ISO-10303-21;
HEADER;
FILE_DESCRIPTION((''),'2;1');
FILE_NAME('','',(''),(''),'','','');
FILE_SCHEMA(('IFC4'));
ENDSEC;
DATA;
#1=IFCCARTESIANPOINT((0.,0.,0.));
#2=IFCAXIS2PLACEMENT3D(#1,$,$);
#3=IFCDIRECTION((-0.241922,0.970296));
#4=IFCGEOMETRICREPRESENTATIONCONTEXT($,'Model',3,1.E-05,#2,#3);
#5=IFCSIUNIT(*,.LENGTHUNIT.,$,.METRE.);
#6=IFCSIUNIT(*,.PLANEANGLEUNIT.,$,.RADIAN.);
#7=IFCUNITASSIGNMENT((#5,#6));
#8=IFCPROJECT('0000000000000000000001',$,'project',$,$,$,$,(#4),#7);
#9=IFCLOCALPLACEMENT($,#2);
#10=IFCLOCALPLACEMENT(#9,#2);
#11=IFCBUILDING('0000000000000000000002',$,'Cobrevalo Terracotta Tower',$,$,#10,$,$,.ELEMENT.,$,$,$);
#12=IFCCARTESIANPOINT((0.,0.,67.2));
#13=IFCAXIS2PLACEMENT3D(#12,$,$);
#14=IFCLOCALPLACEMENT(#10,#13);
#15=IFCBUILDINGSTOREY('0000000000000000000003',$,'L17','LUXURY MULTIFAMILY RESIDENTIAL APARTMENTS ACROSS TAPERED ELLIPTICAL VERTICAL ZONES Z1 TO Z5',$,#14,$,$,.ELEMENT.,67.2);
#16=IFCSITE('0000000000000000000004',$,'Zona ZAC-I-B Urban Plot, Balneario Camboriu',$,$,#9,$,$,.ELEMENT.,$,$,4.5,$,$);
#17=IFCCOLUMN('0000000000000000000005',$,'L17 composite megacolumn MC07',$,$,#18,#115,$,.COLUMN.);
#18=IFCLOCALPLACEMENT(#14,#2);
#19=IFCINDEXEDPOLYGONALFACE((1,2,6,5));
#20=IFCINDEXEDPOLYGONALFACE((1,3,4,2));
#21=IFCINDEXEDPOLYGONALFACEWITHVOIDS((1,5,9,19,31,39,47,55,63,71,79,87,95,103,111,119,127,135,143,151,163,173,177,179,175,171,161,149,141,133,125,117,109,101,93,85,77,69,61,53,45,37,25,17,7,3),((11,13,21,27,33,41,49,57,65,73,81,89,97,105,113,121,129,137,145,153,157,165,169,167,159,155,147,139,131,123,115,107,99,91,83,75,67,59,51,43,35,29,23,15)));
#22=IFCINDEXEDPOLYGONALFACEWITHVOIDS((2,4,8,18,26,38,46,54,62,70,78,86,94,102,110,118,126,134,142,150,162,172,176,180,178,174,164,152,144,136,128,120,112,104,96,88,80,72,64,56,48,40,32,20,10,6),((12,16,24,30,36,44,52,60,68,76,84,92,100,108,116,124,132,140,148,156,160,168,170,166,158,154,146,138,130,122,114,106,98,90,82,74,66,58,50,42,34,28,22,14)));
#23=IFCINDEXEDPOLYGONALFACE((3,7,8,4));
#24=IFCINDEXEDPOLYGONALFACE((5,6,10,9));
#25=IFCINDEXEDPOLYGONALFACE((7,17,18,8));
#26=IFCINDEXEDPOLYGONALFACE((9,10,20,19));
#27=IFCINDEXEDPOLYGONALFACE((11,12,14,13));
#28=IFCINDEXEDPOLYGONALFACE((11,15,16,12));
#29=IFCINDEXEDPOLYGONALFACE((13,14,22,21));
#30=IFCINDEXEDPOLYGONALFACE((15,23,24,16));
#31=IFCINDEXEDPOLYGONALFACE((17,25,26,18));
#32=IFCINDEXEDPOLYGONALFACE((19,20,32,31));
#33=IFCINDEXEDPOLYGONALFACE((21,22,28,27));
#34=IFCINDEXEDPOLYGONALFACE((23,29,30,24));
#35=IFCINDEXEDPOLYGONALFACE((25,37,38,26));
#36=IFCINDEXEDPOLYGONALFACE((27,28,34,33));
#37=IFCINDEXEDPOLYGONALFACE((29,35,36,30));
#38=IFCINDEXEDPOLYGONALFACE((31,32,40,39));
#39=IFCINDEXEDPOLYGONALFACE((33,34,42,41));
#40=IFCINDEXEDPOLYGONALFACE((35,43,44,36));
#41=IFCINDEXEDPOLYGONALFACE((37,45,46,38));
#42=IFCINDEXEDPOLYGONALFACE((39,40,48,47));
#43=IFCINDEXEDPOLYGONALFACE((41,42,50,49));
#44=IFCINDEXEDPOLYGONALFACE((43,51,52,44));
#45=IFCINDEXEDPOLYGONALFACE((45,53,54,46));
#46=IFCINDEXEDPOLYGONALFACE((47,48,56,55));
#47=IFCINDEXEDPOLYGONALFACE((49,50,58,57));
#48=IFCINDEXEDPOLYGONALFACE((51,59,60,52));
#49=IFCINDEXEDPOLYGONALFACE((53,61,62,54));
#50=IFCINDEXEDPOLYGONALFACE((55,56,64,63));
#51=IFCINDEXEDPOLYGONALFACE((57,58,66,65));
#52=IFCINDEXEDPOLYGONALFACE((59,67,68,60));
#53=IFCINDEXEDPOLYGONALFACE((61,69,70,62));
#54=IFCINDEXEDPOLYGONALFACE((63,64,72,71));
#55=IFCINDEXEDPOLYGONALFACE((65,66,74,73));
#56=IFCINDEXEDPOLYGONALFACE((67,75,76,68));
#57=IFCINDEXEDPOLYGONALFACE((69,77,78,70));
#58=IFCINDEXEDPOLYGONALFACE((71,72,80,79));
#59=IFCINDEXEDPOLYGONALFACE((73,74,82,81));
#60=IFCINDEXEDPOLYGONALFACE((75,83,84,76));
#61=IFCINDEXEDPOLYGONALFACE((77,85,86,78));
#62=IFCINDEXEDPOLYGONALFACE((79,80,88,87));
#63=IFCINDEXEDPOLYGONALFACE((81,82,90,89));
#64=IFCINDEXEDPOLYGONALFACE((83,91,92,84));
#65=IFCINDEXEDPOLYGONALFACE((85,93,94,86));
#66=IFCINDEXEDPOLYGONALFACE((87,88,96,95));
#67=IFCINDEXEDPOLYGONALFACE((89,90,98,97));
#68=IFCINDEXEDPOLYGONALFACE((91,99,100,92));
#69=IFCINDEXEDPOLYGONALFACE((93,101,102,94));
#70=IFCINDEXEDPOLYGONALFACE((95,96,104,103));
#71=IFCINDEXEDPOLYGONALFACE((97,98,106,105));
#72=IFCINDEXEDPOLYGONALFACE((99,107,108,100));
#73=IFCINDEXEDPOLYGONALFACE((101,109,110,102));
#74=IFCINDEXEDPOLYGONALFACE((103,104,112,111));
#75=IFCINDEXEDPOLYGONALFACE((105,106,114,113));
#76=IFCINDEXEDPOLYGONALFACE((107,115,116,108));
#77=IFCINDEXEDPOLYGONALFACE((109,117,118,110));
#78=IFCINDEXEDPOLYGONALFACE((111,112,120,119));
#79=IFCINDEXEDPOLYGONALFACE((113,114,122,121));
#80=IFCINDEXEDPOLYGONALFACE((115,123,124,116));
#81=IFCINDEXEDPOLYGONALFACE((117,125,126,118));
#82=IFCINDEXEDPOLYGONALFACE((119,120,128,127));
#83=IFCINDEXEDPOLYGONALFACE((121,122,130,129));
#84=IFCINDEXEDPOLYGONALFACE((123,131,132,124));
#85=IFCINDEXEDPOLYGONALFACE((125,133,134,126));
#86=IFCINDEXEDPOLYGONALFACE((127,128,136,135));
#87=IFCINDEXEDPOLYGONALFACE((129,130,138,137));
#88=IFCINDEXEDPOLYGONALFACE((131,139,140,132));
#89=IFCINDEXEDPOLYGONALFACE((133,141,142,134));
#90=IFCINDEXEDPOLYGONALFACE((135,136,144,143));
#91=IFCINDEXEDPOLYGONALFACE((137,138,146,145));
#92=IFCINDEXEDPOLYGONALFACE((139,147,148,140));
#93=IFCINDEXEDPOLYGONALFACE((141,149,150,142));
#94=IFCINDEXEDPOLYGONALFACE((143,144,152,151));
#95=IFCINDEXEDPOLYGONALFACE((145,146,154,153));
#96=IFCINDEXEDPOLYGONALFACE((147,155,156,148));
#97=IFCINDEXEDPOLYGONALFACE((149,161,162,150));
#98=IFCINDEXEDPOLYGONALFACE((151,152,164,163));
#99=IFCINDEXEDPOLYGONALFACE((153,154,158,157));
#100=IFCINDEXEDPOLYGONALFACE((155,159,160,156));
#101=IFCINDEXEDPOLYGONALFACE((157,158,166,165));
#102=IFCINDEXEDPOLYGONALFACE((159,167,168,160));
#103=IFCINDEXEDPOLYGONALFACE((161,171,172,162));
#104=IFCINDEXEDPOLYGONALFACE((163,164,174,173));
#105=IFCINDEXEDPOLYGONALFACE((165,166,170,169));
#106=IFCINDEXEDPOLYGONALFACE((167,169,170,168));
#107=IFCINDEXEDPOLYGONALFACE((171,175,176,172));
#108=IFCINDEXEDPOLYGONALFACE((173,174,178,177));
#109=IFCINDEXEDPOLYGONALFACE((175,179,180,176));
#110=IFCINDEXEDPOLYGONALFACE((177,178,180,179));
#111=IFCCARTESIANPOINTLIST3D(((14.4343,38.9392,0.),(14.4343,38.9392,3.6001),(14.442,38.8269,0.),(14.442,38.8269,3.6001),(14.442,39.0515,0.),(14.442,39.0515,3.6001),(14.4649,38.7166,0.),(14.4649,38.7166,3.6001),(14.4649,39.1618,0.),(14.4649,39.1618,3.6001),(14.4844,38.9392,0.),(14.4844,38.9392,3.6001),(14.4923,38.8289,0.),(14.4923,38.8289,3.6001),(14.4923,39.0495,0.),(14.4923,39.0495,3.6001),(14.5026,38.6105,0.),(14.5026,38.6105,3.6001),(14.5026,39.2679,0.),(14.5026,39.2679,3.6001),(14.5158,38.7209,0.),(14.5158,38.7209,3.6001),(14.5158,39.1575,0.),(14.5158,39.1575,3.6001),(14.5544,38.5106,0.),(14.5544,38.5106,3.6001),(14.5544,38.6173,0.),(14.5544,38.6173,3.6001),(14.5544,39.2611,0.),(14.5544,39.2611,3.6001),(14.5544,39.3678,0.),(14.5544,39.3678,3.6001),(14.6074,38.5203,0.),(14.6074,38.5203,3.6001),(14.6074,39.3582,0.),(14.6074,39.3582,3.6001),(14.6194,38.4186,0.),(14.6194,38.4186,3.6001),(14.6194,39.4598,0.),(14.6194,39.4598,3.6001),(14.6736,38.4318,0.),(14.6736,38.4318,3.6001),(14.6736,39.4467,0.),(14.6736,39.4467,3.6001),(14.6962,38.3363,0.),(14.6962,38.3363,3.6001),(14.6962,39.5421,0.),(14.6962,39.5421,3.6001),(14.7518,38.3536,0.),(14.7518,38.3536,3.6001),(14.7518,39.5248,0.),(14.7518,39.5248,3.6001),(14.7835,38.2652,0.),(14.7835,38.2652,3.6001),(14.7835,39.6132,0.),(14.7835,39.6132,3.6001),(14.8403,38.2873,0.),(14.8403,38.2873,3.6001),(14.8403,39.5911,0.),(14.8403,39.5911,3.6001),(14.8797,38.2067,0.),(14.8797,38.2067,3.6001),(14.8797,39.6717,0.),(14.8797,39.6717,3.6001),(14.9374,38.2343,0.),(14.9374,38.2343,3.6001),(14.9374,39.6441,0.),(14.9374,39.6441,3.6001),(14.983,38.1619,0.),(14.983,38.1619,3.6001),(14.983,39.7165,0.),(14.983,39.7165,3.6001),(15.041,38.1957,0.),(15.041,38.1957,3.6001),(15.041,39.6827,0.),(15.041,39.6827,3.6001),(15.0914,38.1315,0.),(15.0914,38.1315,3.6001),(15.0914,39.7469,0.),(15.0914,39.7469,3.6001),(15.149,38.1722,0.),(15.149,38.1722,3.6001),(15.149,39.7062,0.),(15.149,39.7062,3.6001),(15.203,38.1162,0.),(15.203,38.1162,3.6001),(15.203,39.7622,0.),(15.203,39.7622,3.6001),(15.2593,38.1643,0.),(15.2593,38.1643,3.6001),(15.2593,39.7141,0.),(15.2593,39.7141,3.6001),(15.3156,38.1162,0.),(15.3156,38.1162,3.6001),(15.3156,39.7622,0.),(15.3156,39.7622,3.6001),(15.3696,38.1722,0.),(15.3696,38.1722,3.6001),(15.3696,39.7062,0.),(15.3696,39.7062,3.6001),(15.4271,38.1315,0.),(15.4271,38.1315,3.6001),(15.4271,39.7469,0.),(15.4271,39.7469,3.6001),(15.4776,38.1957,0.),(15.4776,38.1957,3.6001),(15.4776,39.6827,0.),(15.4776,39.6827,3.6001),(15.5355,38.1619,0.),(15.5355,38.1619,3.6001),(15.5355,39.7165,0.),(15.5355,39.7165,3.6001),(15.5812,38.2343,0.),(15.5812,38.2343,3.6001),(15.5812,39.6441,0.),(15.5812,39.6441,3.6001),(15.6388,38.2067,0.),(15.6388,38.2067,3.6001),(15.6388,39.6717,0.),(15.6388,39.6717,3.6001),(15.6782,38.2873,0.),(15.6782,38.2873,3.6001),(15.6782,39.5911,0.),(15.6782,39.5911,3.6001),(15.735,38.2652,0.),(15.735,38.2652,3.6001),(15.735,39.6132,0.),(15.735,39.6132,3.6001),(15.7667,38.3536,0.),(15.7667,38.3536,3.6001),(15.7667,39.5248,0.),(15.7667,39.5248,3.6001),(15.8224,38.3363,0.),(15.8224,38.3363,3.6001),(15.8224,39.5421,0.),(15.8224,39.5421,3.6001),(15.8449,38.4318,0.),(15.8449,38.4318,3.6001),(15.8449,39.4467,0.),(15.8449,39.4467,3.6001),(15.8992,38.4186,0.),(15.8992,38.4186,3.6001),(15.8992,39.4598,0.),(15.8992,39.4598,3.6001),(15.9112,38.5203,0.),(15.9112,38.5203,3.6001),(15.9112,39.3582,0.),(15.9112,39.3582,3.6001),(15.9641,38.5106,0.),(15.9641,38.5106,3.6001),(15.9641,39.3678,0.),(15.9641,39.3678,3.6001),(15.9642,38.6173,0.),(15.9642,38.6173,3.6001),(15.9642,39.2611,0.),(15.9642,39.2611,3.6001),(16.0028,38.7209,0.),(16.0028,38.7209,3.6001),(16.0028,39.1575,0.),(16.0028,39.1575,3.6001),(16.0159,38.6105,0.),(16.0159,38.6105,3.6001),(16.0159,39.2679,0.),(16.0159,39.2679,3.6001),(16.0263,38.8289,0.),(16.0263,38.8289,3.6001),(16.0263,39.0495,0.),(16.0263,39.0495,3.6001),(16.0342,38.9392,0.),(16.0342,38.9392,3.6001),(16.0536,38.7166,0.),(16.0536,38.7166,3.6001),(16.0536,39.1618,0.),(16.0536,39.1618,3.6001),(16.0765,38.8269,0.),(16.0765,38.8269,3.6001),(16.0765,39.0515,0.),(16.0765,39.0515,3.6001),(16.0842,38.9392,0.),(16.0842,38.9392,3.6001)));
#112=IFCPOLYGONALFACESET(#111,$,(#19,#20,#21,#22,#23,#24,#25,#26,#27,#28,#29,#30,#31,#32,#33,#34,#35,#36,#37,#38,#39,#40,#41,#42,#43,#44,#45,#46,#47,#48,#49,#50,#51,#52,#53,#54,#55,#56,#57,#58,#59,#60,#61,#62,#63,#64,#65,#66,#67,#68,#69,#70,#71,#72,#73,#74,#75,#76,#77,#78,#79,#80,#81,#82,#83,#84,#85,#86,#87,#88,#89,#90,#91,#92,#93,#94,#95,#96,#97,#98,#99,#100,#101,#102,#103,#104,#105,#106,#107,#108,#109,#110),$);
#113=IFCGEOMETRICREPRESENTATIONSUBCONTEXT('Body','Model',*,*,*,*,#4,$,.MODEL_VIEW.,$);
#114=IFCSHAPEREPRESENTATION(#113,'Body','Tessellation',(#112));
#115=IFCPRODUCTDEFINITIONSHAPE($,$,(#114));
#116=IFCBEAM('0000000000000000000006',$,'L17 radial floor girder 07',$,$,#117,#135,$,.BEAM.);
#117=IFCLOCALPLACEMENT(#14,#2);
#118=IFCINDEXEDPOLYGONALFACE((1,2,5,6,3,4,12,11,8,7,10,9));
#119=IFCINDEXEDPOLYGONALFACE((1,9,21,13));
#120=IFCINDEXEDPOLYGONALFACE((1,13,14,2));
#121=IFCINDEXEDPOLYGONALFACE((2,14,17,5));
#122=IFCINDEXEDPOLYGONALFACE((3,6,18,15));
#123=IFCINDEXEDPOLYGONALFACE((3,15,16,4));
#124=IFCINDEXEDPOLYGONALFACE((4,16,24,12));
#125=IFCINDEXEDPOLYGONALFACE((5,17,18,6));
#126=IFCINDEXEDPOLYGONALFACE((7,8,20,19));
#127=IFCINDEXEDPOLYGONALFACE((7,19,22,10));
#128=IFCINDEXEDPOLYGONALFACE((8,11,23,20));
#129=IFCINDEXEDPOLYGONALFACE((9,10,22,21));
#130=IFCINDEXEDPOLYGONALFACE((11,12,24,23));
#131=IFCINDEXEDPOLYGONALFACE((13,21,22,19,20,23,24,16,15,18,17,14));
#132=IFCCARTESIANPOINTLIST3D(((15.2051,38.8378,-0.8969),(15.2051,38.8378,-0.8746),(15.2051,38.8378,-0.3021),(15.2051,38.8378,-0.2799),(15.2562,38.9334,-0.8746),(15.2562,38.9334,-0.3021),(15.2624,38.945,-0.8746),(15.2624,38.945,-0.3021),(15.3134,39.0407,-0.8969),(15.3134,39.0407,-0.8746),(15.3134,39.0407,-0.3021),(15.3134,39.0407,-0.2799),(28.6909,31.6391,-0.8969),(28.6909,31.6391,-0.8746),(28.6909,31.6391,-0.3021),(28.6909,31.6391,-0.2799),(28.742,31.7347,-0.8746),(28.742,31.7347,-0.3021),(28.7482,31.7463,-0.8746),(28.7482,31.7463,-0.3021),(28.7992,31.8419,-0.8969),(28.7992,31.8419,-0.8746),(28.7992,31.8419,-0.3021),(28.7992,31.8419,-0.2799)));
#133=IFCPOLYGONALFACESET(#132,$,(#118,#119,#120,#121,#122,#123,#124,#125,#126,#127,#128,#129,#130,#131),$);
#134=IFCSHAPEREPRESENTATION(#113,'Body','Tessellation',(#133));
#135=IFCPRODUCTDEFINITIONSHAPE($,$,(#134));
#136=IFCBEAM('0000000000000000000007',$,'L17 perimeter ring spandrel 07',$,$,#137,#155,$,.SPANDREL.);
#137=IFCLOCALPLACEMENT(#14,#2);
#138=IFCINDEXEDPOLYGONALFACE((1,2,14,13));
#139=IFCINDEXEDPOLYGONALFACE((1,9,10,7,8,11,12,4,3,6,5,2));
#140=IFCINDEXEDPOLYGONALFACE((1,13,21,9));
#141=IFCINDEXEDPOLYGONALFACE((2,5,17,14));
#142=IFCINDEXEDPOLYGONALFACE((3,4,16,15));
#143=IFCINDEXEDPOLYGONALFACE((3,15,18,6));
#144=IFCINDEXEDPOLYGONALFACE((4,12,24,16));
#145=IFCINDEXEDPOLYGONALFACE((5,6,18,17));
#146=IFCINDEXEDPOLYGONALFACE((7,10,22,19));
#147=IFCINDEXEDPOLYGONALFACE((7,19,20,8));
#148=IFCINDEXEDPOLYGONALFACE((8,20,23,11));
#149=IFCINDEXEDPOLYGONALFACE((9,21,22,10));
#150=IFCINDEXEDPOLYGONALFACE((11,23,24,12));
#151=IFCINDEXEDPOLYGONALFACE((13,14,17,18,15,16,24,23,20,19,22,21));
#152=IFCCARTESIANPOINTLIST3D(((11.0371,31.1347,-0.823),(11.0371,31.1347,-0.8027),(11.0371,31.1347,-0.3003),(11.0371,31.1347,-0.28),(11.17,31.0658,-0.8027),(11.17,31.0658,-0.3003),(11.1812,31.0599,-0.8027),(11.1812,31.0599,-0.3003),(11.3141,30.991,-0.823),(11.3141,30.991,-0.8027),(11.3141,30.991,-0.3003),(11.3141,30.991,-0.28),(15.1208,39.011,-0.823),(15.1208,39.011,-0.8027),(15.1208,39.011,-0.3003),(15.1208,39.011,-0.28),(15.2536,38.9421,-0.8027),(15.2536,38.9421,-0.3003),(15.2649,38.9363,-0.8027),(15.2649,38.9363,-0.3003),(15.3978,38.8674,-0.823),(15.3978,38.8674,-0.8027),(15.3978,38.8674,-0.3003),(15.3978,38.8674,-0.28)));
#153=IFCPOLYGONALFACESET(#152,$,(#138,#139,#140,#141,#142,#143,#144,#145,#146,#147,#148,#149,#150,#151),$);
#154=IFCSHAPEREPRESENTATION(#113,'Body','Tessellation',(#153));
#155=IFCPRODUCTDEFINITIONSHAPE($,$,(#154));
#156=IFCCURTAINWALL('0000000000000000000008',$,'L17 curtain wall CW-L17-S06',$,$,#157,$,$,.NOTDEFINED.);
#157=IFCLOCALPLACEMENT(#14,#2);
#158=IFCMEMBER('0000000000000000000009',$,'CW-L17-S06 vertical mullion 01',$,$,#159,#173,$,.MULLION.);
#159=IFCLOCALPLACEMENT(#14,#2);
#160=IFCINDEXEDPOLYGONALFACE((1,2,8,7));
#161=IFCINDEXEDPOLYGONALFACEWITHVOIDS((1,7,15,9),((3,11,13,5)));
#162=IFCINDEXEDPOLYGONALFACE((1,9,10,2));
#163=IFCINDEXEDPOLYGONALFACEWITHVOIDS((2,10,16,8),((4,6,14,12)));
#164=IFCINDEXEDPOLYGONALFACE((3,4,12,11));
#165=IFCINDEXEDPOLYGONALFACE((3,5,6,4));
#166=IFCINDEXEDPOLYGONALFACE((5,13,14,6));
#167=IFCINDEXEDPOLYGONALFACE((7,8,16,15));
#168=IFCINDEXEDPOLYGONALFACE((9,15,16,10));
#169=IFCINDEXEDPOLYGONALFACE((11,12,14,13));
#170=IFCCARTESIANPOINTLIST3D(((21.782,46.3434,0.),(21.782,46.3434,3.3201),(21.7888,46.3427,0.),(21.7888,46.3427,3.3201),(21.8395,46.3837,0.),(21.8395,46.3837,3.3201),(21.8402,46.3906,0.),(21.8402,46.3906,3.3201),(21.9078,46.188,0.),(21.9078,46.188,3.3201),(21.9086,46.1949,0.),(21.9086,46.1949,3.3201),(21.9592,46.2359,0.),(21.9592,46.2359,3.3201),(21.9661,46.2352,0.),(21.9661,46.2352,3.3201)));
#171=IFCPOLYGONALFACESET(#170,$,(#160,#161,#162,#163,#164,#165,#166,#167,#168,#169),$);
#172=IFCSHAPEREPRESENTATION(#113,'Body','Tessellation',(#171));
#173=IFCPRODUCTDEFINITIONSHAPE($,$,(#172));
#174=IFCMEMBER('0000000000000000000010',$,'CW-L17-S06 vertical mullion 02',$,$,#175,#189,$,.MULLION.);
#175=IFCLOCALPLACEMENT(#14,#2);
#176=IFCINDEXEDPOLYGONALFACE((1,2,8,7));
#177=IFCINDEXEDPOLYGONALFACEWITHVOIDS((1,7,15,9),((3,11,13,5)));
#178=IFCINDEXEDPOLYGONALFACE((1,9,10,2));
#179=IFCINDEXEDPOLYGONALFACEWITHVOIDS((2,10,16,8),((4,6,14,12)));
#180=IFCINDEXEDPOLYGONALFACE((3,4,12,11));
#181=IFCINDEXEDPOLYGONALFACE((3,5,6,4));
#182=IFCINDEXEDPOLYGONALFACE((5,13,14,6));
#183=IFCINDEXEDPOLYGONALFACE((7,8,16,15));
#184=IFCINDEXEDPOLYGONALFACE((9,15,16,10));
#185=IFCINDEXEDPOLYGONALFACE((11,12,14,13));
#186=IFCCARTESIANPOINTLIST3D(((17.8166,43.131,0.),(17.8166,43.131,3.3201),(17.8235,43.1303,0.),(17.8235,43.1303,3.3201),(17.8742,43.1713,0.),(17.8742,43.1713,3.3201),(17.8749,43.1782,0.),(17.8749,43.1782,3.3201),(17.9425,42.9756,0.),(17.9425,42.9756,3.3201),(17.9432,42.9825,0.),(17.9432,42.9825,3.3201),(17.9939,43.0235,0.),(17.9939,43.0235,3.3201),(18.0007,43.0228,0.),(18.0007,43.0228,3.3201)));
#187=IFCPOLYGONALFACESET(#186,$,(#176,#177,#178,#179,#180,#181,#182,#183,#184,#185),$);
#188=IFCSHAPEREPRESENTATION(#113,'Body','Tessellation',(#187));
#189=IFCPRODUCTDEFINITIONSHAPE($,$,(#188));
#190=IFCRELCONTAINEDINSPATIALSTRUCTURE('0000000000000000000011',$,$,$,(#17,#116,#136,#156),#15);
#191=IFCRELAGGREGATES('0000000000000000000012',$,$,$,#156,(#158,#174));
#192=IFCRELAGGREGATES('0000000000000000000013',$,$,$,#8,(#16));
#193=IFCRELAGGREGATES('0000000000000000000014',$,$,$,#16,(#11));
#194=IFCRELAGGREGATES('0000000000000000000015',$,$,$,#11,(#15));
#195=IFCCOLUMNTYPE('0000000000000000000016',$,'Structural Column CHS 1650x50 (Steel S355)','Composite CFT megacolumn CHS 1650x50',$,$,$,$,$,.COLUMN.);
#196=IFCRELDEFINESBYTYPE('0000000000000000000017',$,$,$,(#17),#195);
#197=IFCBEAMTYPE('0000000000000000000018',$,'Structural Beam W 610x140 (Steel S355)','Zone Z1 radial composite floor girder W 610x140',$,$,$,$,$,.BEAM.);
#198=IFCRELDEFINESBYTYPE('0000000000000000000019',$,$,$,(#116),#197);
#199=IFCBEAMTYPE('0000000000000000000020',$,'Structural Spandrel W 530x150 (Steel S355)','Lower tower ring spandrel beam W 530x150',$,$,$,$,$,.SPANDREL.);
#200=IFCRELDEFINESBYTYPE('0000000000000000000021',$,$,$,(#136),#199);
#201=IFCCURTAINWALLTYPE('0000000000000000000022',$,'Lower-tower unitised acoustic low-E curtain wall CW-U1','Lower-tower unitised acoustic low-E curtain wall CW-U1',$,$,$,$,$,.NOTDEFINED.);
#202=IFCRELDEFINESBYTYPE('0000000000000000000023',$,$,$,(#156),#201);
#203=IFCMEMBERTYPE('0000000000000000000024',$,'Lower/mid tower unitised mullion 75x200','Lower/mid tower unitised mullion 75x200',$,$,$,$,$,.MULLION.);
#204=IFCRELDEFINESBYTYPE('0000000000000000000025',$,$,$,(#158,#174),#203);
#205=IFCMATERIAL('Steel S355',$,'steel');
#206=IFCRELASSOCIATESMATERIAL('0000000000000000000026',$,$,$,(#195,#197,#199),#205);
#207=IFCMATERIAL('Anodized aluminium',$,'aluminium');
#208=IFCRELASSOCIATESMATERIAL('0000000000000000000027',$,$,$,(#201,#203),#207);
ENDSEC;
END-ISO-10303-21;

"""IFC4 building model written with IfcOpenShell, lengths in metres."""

from ifc_helpers import new_model, si_unit, direction, frame, origin, origin_2d, place, context, subcontext, project, spatial, hollow_rectangle, hollow_circle, i_section, extrude, source, transform, mapped, material, material_profile, profile_set, type_object, element, aggregate, save


model = new_model("IFC4")

# Units and contexts
model_context = context("Model", 3, precision=1e-05, world=origin(), true_north=direction((-0.241922, 0.970296)))
body_context = subcontext(model_context, "Body", "Model", "MODEL_VIEW")
ifc_project = project(units=[si_unit("LENGTHUNIT", "METRE"), si_unit("PLANEANGLEUNIT", "RADIAN")], contexts=[model_context])

# Site, building, storey
site_placement = place(None, origin())
site = spatial("IfcSite", under=ifc_project, at=site_placement, Name="Zona ZAC-I-B Urban Plot, Balneario Camboriu", CompositionType="ELEMENT", RefElevation=4.5)
building_placement = place(site_placement, origin())
building = spatial("IfcBuilding", under=site, at=building_placement, Name="Cobrevalo Terracotta Tower", CompositionType="ELEMENT")
storey_placement = place(building_placement, frame((0.0, 0.0, 67.2)))
storey = spatial("IfcBuildingStorey", under=building, at=storey_placement, Name="L17", Description="LUXURY MULTIFAMILY RESIDENTIAL APARTMENTS ACROSS TAPERED ELLIPTICAL VERTICAL ZONES Z1 TO Z5", CompositionType="ELEMENT", Elevation=67.2)

# Column
ifc_material_1 = material(Name="Steel S355", Category="steel")
ifc_material_profile_1 = material_profile(ifc_material_1, hollow_circle(Radius=0.825, WallThickness=0.05, at=origin_2d()), Name="CHS 1650x50")
ifc_profile_set_1 = profile_set([ifc_material_profile_1], Name="Steel S355")
column_type = type_object("IfcColumnType", Name="Structural Column CHS 1650x50 (Steel S355)", Description="Composite CFT megacolumn CHS 1650x50", PredefinedType="COLUMN", material=ifc_profile_set_1)
column_placement = place(storey_placement, frame((15.2593, 38.9392, 0.0), z_axis=(0.0, 0.0, 1.0), x_axis=(1.0, 0.0, 0.0)))
element("IfcColumn", 1, at=column_placement, inside=storey, type_object=column_type, Name="L17 composite megacolumn MC07", PredefinedType="COLUMN", context=body_context, shape_type="SweptSolid", body=[
    extrude(hollow_circle(Radius=0.825, WallThickness=0.05, at=origin_2d()), origin(), (0.0, 0.0, 1.0), 3.6001),
])

# Beams
ifc_material_profile_2 = material_profile(ifc_material_1, i_section(OverallWidth=0.23, OverallDepth=0.6169, WebThickness=0.0132, FlangeThickness=0.0222, at=origin_2d()), Name="W 610x140")
ifc_profile_set_2 = profile_set([ifc_material_profile_2], Name="Steel S355")
beam_type_1 = type_object("IfcBeamType", Name="Structural Beam W 610x140 (Steel S355)", Description="Zone Z1 radial composite floor girder W 610x140", PredefinedType="BEAM", material=ifc_profile_set_2)
beam_1_placement = place(storey_placement, frame((15.2593, 38.9392, -0.5884), z_axis=(0.882182, -0.470908, 0.0), x_axis=(0.470908, 0.882182, 0.0)))
element("IfcBeam", 2, at=beam_1_placement, inside=storey, type_object=beam_type_1, Name="L17 radial floor girder 07", PredefinedType="BEAM", context=body_context, shape_type="SweptSolid", body=[
    extrude(i_section(OverallWidth=0.23, OverallDepth=0.6169, WebThickness=0.0132, FlangeThickness=0.0222, at=origin_2d()), origin(), (0.0, 0.0, 1.0), 15.2869),
])
ifc_material_profile_3 = material_profile(ifc_material_1, i_section(OverallWidth=0.312, OverallDepth=0.543, WebThickness=0.0127, FlangeThickness=0.0203, at=origin_2d()), Name="W 530x150")
ifc_profile_set_3 = profile_set([ifc_material_profile_3], Name="Steel S355")
beam_type_2 = type_object("IfcBeamType", Name="Structural Spandrel W 530x150 (Steel S355)", Description="Lower tower ring spandrel beam W 530x150", PredefinedType="SPANDREL", material=ifc_profile_set_3)
beam_2_placement = place(storey_placement, frame((15.2593, 38.9392, -0.5515), z_axis=(-0.460286, -0.887771, 0.0), x_axis=(0.887771, -0.460286, 0.0)))
element("IfcBeam", 3, at=beam_2_placement, inside=storey, type_object=beam_type_2, Name="L17 perimeter ring spandrel 07", PredefinedType="SPANDREL", context=body_context, shape_type="SweptSolid", body=[
    extrude(i_section(OverallWidth=0.312, OverallDepth=0.543, WebThickness=0.0127, FlangeThickness=0.0203, at=origin_2d()), origin(), (0.0, 0.0, 1.0), 8.8721),
])

# Curtain wall, members
ifc_material_2 = material(Name="Anodized aluminium", Category="aluminium")
curtain_wall_type = type_object("IfcCurtainWallType", Name="Lower-tower unitised acoustic low-E curtain wall CW-U1", Description="Lower-tower unitised acoustic low-E curtain wall CW-U1", PredefinedType="NOTDEFINED", material=ifc_material_2)
curtain_wall_1_placement = place(storey_placement, origin())
curtain_wall_1 = element("IfcCurtainWall", 4, at=curtain_wall_1_placement, inside=storey, type_object=curtain_wall_type, Name="L17 curtain wall CW-L17-S06", PredefinedType="NOTDEFINED")
ifc_material_profile_4 = material_profile(ifc_material_2, hollow_rectangle(XDim=0.075, YDim=0.2, WallThickness=0.0049, at=origin_2d()), Name="CWM 75x200")
ifc_profile_set_4 = profile_set([ifc_material_profile_4], Name="Anodized aluminium")
member_type_1 = type_object("IfcMemberType", Name="Lower/mid tower unitised mullion 75x200", Description="Lower/mid tower unitised mullion 75x200", PredefinedType="MULLION", material=ifc_profile_set_4)
shared_shape_1 = source(origin(), body_context, "Body", "SweptSolid", [
    extrude(hollow_rectangle(XDim=0.075, YDim=0.2, WallThickness=0.0049, at=origin_2d()), origin(), (0.0, 0.0, 1.0), 3.3201),
])
member_1_placement = place(storey_placement, frame((21.874, 46.2893, 0.0), z_axis=(0.0, 0.0, 1.0), x_axis=(-0.777003, -0.629497, 0.0)))
member_1 = element("IfcMember", 5, at=member_1_placement, type_object=member_type_1, Name="CW-L17-S06 vertical mullion 01", PredefinedType="MULLION", context=body_context, shape_type="MappedRepresentation", body=[
    mapped(shared_shape_1, transform((0.0, 0.0, 0.0), scale=1.0)),
])
member_2_placement = place(storey_placement, frame((17.9087, 43.0769, 0.0), z_axis=(0.0, 0.0, 1.0), x_axis=(-0.777003, -0.629497, 0.0)))
member_2 = element("IfcMember", 6, at=member_2_placement, type_object=member_type_1, Name="CW-L17-S06 vertical mullion 02", PredefinedType="MULLION", context=body_context, shape_type="MappedRepresentation", body=[
    mapped(shared_shape_1, transform((0.0, 0.0, 0.0), scale=1.0)),
])

aggregate(curtain_wall_1, [member_1, member_2])

save(model, "model.ifc")
